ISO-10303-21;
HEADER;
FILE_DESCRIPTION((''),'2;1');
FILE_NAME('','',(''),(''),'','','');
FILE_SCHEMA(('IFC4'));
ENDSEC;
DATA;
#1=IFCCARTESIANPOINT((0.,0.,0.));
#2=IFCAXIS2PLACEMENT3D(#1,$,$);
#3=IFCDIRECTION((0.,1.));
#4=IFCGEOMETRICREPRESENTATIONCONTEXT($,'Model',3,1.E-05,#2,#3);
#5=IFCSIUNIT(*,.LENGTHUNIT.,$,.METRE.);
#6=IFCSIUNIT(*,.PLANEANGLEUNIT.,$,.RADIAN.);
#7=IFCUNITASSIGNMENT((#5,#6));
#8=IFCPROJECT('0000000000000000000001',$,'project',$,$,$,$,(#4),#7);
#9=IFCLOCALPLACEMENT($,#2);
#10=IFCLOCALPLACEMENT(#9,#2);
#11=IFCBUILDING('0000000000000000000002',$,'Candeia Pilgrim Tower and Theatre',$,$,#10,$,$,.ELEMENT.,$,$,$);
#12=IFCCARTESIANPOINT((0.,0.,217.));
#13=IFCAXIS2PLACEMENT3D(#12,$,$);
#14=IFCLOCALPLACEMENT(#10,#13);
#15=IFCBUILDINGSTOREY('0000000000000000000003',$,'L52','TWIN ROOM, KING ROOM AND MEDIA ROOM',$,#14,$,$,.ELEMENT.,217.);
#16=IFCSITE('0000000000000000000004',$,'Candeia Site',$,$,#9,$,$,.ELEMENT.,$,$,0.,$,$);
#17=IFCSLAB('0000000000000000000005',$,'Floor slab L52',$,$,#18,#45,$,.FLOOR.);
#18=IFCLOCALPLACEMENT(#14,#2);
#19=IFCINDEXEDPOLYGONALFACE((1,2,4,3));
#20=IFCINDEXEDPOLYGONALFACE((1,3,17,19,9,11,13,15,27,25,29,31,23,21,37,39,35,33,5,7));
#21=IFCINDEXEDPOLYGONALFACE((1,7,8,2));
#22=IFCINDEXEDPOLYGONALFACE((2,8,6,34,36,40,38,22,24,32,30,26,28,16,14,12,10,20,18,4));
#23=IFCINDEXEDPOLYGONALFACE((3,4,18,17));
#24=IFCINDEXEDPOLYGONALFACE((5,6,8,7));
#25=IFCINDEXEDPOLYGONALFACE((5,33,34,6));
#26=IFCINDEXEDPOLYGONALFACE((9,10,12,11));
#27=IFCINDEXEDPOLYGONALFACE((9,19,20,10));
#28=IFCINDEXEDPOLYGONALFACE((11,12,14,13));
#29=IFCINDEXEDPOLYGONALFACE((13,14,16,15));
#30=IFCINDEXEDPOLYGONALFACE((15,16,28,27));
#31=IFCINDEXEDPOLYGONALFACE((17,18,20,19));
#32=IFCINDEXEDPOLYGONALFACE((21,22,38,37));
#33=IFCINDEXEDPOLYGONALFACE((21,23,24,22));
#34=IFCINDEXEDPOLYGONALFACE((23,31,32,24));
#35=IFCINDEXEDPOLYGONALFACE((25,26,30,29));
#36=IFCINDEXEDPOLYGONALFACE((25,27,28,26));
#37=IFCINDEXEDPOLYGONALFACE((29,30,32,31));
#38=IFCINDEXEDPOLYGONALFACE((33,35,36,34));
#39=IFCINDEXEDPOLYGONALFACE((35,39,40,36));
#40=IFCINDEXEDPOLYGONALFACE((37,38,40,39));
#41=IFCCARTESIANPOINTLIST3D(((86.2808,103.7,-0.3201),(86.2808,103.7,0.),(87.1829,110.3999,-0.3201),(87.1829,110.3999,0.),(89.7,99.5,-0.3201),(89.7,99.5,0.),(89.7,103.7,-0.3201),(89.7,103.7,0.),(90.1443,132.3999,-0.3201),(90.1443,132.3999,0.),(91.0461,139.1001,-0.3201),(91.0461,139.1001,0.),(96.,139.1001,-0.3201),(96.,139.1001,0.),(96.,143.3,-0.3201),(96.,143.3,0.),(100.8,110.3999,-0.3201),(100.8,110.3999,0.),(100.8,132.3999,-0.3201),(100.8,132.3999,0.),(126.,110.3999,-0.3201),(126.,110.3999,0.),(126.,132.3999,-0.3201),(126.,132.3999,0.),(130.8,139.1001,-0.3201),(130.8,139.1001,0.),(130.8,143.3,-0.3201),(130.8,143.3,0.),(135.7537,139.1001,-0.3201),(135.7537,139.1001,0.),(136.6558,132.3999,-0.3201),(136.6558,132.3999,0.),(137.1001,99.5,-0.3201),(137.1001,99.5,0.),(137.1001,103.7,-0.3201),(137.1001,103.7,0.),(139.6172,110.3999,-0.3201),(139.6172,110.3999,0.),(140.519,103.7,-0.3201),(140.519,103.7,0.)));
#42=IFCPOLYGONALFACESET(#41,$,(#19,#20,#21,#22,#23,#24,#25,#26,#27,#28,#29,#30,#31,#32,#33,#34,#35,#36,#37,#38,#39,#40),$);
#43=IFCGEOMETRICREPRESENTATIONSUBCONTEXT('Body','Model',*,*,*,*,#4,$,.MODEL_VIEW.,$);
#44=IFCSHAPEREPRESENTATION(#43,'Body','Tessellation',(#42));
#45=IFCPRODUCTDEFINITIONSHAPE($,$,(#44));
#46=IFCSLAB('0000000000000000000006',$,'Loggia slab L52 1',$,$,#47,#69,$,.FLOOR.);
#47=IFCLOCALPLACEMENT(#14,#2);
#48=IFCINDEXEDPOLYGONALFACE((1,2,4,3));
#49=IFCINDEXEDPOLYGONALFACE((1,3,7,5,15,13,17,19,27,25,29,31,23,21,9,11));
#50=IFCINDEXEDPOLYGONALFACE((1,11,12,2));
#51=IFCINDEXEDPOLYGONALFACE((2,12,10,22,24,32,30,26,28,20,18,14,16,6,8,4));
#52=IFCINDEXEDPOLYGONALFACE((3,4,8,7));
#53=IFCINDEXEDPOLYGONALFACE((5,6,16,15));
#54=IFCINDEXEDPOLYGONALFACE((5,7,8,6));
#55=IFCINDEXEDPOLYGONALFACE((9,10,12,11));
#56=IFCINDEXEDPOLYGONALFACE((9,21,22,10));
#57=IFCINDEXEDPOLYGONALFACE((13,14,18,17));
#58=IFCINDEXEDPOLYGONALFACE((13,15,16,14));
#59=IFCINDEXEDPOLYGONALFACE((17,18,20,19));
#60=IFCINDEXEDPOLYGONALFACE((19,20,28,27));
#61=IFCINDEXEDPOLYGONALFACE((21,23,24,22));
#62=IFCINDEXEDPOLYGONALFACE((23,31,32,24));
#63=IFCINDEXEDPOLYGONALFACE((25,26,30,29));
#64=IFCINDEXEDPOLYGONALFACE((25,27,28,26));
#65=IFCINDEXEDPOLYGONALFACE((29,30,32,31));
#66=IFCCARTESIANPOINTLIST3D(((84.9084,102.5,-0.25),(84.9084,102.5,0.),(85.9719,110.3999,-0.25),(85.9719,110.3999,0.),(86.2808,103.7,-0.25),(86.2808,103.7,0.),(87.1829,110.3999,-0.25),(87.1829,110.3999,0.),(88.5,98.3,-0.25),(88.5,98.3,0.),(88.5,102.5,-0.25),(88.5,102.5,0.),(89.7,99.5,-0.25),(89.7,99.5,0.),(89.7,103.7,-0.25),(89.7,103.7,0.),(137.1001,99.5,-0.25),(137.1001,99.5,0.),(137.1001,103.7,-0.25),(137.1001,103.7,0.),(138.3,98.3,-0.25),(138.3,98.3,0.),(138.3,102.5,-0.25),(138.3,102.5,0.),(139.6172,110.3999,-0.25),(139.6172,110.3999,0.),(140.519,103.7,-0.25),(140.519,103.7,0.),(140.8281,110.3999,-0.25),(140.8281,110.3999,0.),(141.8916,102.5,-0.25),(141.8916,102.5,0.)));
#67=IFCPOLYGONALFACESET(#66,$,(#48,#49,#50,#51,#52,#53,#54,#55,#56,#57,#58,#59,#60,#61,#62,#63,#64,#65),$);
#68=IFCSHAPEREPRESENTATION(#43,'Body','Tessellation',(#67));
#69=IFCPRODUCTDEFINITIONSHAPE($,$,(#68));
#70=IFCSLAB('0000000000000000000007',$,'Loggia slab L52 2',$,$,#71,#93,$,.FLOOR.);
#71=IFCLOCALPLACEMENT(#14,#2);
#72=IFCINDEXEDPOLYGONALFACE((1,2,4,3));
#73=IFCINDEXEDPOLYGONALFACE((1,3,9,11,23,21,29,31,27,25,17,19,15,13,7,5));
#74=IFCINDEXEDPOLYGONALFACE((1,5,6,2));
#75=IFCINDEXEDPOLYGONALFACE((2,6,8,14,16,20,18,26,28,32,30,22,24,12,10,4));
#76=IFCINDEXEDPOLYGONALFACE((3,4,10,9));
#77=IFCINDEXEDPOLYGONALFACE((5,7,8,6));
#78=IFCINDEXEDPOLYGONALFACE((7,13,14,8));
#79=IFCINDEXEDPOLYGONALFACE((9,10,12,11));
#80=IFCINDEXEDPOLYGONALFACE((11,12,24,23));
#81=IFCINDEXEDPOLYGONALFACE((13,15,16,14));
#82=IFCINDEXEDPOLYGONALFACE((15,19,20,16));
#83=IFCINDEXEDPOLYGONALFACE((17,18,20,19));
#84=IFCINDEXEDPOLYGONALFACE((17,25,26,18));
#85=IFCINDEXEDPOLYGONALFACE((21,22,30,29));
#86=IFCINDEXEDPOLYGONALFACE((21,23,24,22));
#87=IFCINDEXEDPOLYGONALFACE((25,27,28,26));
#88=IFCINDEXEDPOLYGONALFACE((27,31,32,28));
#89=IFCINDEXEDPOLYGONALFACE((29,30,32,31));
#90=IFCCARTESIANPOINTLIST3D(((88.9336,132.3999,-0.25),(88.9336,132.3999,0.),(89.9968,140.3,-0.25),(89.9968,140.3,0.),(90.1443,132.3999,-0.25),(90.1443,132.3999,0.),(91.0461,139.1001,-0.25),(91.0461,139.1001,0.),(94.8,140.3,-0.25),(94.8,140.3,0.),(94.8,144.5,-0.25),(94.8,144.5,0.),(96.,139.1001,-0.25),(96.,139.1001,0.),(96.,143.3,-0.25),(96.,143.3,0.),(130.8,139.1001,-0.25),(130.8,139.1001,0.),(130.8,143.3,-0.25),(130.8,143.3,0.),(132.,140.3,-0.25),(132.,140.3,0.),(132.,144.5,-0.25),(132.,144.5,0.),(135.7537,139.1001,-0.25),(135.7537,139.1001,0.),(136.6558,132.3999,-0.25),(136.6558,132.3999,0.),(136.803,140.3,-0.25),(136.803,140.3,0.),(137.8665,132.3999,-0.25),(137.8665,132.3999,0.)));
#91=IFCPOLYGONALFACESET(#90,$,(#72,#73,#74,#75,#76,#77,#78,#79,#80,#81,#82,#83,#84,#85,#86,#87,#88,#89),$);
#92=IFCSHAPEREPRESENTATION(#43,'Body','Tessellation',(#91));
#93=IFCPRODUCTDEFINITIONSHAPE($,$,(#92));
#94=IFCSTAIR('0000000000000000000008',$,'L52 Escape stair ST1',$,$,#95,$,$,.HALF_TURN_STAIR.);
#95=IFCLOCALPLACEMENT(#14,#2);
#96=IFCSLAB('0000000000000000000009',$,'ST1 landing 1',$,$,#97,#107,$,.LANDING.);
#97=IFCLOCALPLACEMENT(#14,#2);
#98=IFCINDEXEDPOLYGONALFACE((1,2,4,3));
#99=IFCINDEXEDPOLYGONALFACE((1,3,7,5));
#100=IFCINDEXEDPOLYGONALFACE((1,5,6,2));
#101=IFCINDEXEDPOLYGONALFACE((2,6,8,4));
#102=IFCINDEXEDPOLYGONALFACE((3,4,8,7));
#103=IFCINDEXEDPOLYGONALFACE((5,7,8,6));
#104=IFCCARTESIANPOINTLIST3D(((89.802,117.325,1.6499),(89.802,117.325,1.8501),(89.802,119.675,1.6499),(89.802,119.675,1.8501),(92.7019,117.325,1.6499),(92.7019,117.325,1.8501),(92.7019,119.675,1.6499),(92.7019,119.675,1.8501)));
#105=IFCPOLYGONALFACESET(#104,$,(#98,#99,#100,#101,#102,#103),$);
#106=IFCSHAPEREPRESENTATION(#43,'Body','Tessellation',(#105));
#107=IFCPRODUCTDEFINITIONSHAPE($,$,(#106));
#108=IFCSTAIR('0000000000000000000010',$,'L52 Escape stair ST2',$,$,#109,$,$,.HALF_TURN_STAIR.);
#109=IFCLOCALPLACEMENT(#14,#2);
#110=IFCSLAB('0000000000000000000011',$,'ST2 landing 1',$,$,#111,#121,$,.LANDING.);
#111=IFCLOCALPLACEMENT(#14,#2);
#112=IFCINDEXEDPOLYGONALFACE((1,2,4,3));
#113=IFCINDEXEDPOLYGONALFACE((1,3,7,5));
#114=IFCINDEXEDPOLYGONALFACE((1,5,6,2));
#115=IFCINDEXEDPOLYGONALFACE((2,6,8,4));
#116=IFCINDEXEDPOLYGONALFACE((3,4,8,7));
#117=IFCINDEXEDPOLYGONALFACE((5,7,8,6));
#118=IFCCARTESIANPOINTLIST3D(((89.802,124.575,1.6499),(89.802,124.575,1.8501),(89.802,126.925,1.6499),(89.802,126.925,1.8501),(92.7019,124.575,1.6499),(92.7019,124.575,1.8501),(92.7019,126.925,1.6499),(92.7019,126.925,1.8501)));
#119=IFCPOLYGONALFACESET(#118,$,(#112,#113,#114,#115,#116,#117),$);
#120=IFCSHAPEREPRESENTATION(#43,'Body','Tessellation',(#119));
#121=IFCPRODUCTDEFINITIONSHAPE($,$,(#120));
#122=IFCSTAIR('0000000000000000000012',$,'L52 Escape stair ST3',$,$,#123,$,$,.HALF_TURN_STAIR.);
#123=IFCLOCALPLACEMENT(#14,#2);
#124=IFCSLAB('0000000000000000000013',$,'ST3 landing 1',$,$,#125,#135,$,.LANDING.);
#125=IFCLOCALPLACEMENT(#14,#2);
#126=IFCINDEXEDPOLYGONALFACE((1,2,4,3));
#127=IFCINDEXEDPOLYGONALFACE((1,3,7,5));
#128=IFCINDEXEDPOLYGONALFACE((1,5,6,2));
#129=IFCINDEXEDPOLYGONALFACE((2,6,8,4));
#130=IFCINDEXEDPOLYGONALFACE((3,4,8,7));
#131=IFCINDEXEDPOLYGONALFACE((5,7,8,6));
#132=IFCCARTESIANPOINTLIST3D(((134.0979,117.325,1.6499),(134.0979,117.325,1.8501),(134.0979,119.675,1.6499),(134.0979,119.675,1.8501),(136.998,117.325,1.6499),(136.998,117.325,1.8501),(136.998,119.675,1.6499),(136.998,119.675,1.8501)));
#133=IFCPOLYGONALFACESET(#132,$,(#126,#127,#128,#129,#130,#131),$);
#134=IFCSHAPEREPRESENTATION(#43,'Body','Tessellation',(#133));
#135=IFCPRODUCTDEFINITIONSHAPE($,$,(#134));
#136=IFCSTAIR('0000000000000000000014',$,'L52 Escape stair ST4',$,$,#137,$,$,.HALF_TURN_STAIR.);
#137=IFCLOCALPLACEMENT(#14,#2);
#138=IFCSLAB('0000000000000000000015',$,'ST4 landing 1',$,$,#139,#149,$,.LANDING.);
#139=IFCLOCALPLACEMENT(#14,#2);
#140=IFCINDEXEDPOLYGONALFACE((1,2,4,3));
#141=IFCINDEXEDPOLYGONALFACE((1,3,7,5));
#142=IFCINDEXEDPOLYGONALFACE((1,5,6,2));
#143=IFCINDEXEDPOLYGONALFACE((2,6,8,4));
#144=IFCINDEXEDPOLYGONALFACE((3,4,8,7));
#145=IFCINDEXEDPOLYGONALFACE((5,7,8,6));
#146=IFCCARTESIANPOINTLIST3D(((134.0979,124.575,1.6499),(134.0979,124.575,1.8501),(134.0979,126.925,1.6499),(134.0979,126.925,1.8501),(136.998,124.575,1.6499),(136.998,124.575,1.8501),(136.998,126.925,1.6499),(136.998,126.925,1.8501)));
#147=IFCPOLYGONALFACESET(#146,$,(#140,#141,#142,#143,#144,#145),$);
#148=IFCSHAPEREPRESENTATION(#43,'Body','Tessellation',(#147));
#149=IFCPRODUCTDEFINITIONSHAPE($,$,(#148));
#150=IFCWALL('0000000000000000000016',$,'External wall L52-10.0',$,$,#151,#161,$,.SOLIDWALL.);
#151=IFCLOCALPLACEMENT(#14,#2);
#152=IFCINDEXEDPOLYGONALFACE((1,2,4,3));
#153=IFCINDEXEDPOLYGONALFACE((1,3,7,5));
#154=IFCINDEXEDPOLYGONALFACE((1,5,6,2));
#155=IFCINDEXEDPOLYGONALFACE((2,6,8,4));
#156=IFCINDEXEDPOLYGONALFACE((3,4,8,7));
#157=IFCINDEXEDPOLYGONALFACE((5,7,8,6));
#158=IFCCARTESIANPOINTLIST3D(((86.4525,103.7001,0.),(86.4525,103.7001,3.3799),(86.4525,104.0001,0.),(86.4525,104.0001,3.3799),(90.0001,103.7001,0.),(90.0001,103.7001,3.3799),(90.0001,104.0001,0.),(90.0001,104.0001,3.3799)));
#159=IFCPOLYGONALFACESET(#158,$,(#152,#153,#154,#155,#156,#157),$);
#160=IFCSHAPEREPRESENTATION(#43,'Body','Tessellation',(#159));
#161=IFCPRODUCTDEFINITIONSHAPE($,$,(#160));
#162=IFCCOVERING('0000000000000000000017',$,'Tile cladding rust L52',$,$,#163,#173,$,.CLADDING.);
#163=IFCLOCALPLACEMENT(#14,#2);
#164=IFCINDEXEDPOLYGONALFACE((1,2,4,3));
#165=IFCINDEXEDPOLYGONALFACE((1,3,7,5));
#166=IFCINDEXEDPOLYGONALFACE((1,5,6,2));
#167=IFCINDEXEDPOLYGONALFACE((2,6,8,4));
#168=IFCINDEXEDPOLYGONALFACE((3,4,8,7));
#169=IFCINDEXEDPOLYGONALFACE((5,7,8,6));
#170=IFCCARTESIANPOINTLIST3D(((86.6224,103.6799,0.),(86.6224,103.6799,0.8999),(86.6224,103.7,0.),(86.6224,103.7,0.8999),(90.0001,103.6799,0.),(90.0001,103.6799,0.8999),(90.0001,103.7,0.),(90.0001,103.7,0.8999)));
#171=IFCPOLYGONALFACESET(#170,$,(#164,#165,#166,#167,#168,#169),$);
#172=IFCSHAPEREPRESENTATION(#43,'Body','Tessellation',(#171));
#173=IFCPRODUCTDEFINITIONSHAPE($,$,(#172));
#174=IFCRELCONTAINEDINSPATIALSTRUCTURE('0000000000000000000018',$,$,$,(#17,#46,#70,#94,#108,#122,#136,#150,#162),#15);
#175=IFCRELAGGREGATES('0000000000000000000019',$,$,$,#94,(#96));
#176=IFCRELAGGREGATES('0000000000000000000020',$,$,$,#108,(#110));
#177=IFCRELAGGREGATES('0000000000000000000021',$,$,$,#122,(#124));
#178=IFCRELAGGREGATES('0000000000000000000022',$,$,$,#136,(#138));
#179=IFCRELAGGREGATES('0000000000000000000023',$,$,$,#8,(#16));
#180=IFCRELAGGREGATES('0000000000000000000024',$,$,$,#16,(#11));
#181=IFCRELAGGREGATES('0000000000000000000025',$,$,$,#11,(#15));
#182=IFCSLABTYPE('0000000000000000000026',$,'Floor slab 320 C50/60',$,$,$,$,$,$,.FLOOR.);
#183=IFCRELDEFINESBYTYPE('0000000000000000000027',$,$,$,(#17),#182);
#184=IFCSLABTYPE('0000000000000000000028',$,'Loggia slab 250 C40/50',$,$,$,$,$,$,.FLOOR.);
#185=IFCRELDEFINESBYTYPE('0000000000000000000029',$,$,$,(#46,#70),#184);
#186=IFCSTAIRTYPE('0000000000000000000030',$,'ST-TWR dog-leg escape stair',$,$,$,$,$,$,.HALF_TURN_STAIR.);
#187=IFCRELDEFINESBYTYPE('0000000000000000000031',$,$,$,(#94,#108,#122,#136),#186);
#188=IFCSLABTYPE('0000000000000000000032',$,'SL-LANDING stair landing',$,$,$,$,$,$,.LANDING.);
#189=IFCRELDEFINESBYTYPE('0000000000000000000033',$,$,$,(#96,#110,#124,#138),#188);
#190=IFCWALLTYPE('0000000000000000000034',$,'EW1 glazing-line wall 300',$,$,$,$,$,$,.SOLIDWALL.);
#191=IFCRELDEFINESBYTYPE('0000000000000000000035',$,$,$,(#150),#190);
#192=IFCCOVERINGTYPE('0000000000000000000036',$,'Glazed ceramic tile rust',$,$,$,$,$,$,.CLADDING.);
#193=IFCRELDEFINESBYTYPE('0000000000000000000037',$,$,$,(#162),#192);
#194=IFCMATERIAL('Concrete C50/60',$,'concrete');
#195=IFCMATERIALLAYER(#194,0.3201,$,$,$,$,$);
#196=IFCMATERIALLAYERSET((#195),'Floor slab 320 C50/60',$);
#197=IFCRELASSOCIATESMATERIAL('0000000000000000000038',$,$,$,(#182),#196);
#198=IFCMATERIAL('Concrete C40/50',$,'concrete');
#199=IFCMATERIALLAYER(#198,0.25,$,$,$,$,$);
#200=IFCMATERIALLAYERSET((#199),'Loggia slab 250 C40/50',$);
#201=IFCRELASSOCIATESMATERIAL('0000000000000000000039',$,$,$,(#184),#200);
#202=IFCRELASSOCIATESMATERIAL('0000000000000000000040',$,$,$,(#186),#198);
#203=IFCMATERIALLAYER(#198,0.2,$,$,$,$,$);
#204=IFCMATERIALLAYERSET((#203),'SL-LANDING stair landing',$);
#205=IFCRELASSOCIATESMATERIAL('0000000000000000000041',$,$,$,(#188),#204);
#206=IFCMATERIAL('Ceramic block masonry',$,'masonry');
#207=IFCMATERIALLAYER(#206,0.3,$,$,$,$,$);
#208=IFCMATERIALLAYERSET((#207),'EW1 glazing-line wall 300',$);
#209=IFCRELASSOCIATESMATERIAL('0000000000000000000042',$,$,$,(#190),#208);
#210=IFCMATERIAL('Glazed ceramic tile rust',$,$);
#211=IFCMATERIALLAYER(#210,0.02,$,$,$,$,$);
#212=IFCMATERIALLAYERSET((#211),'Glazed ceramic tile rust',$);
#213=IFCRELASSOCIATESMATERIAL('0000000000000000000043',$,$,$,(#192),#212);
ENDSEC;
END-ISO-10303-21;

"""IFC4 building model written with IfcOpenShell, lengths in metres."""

from ifc_helpers import new_model, si_unit, direction, frame, frame_2d, origin, origin_2d, place, context, subcontext, project, spatial, polyline, rectangle, outline, extrude, material, layer, layer_set, type_object, element, aggregate, save


model = new_model("IFC4")

# Units and contexts
model_context = context("Model", 3, precision=1e-05, world=origin(), true_north=direction((0.0, 1.0)))
body_context = subcontext(model_context, "Body", "Model", "MODEL_VIEW")
ifc_project = project(units=[si_unit("LENGTHUNIT", "METRE"), si_unit("PLANEANGLEUNIT", "RADIAN")], contexts=[model_context])

# Site, building, storey
site_placement = place(None, origin())
site = spatial("IfcSite", under=ifc_project, at=site_placement, Name="Candeia Site", CompositionType="ELEMENT", RefElevation=0.0)
building_placement = place(site_placement, origin())
building = spatial("IfcBuilding", under=site, at=building_placement, Name="Candeia Pilgrim Tower and Theatre", CompositionType="ELEMENT")
storey_placement = place(building_placement, frame((0.0, 0.0, 217.0)))
storey = spatial("IfcBuildingStorey", under=building, at=storey_placement, Name="L52", Description="TWIN ROOM, KING ROOM AND MEDIA ROOM", CompositionType="ELEMENT", Elevation=217.0)

# Shared definitions
ifc_material_1 = material(Name="Concrete C50/60", Category="concrete")

# Slabs
ifc_material_2 = material(Name="Concrete C40/50", Category="concrete")
ifc_layer_1 = layer(ifc_material_1, 0.3201)
ifc_layer_set_1 = layer_set([ifc_layer_1], Name="Floor slab 320 C50/60")
slab_type_1 = type_object("IfcSlabType", Name="Floor slab 320 C50/60", PredefinedType="FLOOR", material=ifc_layer_set_1)
slab_1_placement = place(storey_placement, frame((0.0, 0.0, -0.3201)))
element("IfcSlab", 1, at=slab_1_placement, inside=storey, type_object=slab_type_1, Name="Floor slab L52", PredefinedType="FLOOR", context=body_context, shape_type="SweptSolid", body=[
    extrude(outline(polyline([(96.0, 139.1001), (96.0, 143.3), (130.8, 143.3), (130.8, 139.1001), (135.7537, 139.1001), (136.6558, 132.3999), (126.0, 132.3999), (126.0, 110.3999), (139.6172, 110.3999), (140.519, 103.7), (137.1001, 103.7), (137.1001, 99.5), (89.7, 99.5), (89.7, 103.7), (86.2808, 103.7), (87.1829, 110.3999), (100.8, 110.3999), (100.8, 132.3999), (90.1443, 132.3999), (91.0461, 139.1001), (96.0, 139.1001)])), origin(), (0.0, 0.0, 1.0), 0.3201),
])
ifc_layer_2 = layer(ifc_material_2, 0.25)
ifc_layer_set_2 = layer_set([ifc_layer_2], Name="Loggia slab 250 C40/50")
slab_type_2 = type_object("IfcSlabType", Name="Loggia slab 250 C40/50", PredefinedType="FLOOR", material=ifc_layer_set_2)
slab_2_placement = place(storey_placement, frame((0.0, 0.0, -0.25)))
element("IfcSlab", 2, at=slab_2_placement, inside=storey, type_object=slab_type_2, Name="Loggia slab L52 1", PredefinedType="FLOOR", context=body_context, shape_type="SweptSolid", body=[
    extrude(outline(polyline([(87.1829, 110.3999), (86.2808, 103.7), (89.7, 103.7), (89.7, 99.5), (137.1001, 99.5), (137.1001, 103.7), (140.519, 103.7), (139.6172, 110.3999), (140.8281, 110.3999), (141.8916, 102.5), (138.3, 102.5), (138.3, 98.3), (88.5, 98.3), (88.5, 102.5), (84.9084, 102.5), (85.9719, 110.3999), (87.1829, 110.3999)])), origin(), (0.0, 0.0, 1.0), 0.25),
])
slab_3_placement = place(storey_placement, frame((0.0, 0.0, -0.25)))
element("IfcSlab", 3, at=slab_3_placement, inside=storey, type_object=slab_type_2, Name="Loggia slab L52 2", PredefinedType="FLOOR", context=body_context, shape_type="SweptSolid", body=[
    extrude(outline(polyline([(136.6558, 132.3999), (135.7537, 139.1001), (130.8, 139.1001), (130.8, 143.3), (96.0, 143.3), (96.0, 139.1001), (91.0461, 139.1001), (90.1443, 132.3999), (88.9336, 132.3999), (89.9968, 140.3), (94.8, 140.3), (94.8, 144.5), (132.0, 144.5), (132.0, 140.3), (136.803, 140.3), (137.8665, 132.3999), (136.6558, 132.3999)])), origin(), (0.0, 0.0, 1.0), 0.25),
])

# Stairs, slabs
stair_type = type_object("IfcStairType", Name="ST-TWR dog-leg escape stair", PredefinedType="HALF_TURN_STAIR", material=ifc_material_2)
stair_1_placement = place(storey_placement, origin())
stair_1 = element("IfcStair", 4, at=stair_1_placement, inside=storey, type_object=stair_type, Name="L52 Escape stair ST1", PredefinedType="HALF_TURN_STAIR")
ifc_layer_3 = layer(ifc_material_2, 0.2)
ifc_layer_set_3 = layer_set([ifc_layer_3], Name="SL-LANDING stair landing")
slab_type_3 = type_object("IfcSlabType", Name="SL-LANDING stair landing", PredefinedType="LANDING", material=ifc_layer_set_3)
slab_4_placement = place(storey_placement, frame((0.0, 0.0, 1.6499)))
slab_4 = element("IfcSlab", 5, at=slab_4_placement, type_object=slab_type_3, Name="ST1 landing 1", PredefinedType="LANDING", context=body_context, shape_type="SweptSolid", body=[
    extrude(outline(polyline([(89.802, 119.675), (89.802, 117.325), (92.7019, 117.325), (92.7019, 119.675), (89.802, 119.675)])), origin(), (0.0, 0.0, 1.0), 0.2002),
])
aggregate(stair_1, [slab_4])
stair_2_placement = place(storey_placement, origin())
stair_2 = element("IfcStair", 6, at=stair_2_placement, inside=storey, type_object=stair_type, Name="L52 Escape stair ST2", PredefinedType="HALF_TURN_STAIR")
slab_5_placement = place(storey_placement, frame((0.0, 0.0, 1.6499)))
slab_5 = element("IfcSlab", 7, at=slab_5_placement, type_object=slab_type_3, Name="ST2 landing 1", PredefinedType="LANDING", context=body_context, shape_type="SweptSolid", body=[
    extrude(outline(polyline([(89.802, 126.925), (89.802, 124.575), (92.7019, 124.575), (92.7019, 126.925), (89.802, 126.925)])), origin(), (0.0, 0.0, 1.0), 0.2002),
])
aggregate(stair_2, [slab_5])
stair_3_placement = place(storey_placement, origin())
stair_3 = element("IfcStair", 8, at=stair_3_placement, inside=storey, type_object=stair_type, Name="L52 Escape stair ST3", PredefinedType="HALF_TURN_STAIR")
slab_6_placement = place(storey_placement, frame((0.0, 0.0, 1.6499)))
slab_6 = element("IfcSlab", 9, at=slab_6_placement, type_object=slab_type_3, Name="ST3 landing 1", PredefinedType="LANDING", context=body_context, shape_type="SweptSolid", body=[
    extrude(outline(polyline([(134.0979, 119.675), (134.0979, 117.325), (136.998, 117.325), (136.998, 119.675), (134.0979, 119.675)])), origin(), (0.0, 0.0, 1.0), 0.2002),
])
aggregate(stair_3, [slab_6])
stair_4_placement = place(storey_placement, origin())
stair_4 = element("IfcStair", 10, at=stair_4_placement, inside=storey, type_object=stair_type, Name="L52 Escape stair ST4", PredefinedType="HALF_TURN_STAIR")
slab_7_placement = place(storey_placement, frame((0.0, 0.0, 1.6499)))
slab_7 = element("IfcSlab", 11, at=slab_7_placement, type_object=slab_type_3, Name="ST4 landing 1", PredefinedType="LANDING", context=body_context, shape_type="SweptSolid", body=[
    extrude(outline(polyline([(134.0979, 126.925), (134.0979, 124.575), (136.998, 124.575), (136.998, 126.925), (134.0979, 126.925)])), origin(), (0.0, 0.0, 1.0), 0.2002),
])
aggregate(stair_4, [slab_7])

# Wall
ifc_material_3 = material(Name="Ceramic block masonry", Category="masonry")
ifc_layer_4 = layer(ifc_material_3, 0.3)
ifc_layer_set_4 = layer_set([ifc_layer_4], Name="EW1 glazing-line wall 300")
wall_type = type_object("IfcWallType", Name="EW1 glazing-line wall 300", PredefinedType="SOLIDWALL", material=ifc_layer_set_4)
wall_placement = place(storey_placement, frame((86.4524, 103.8501, 0.0), z_axis=(0.0, 0.0, 1.0), x_axis=(1.0, 0.0, 0.0)))
element("IfcWall", 12, at=wall_placement, inside=storey, type_object=wall_type, Name="External wall L52-10.0", PredefinedType="SOLIDWALL", context=body_context, shape_type="SweptSolid", body=[
    extrude(rectangle(XDim=3.5476, YDim=0.3, at=frame_2d((1.7739, 0.0))), origin(), (0.0, 0.0, 1.0), 3.3799),
])

# Covering
ifc_material_4 = material(Name="Glazed ceramic tile rust")
ifc_layer_5 = layer(ifc_material_4, 0.02)
ifc_layer_set_5 = layer_set([ifc_layer_5], Name="Glazed ceramic tile rust")
covering_type = type_object("IfcCoveringType", Name="Glazed ceramic tile rust", PredefinedType="CLADDING", material=ifc_layer_set_5)
covering_placement = place(storey_placement, frame((88.3113, 103.6899, 0.0), z_axis=(0.0, 0.0, 1.0), x_axis=(1.0, 0.0, 0.0)))
element("IfcCovering", 13, at=covering_placement, inside=storey, type_object=covering_type, Name="Tile cladding rust L52", PredefinedType="CLADDING", context=body_context, shape_type="SweptSolid", body=[
    extrude(rectangle(XDim=3.3777, YDim=0.02, at=origin_2d()), origin(), (0.0, 0.0, 1.0), 0.8999),
])

save(model, "model.ifc")
